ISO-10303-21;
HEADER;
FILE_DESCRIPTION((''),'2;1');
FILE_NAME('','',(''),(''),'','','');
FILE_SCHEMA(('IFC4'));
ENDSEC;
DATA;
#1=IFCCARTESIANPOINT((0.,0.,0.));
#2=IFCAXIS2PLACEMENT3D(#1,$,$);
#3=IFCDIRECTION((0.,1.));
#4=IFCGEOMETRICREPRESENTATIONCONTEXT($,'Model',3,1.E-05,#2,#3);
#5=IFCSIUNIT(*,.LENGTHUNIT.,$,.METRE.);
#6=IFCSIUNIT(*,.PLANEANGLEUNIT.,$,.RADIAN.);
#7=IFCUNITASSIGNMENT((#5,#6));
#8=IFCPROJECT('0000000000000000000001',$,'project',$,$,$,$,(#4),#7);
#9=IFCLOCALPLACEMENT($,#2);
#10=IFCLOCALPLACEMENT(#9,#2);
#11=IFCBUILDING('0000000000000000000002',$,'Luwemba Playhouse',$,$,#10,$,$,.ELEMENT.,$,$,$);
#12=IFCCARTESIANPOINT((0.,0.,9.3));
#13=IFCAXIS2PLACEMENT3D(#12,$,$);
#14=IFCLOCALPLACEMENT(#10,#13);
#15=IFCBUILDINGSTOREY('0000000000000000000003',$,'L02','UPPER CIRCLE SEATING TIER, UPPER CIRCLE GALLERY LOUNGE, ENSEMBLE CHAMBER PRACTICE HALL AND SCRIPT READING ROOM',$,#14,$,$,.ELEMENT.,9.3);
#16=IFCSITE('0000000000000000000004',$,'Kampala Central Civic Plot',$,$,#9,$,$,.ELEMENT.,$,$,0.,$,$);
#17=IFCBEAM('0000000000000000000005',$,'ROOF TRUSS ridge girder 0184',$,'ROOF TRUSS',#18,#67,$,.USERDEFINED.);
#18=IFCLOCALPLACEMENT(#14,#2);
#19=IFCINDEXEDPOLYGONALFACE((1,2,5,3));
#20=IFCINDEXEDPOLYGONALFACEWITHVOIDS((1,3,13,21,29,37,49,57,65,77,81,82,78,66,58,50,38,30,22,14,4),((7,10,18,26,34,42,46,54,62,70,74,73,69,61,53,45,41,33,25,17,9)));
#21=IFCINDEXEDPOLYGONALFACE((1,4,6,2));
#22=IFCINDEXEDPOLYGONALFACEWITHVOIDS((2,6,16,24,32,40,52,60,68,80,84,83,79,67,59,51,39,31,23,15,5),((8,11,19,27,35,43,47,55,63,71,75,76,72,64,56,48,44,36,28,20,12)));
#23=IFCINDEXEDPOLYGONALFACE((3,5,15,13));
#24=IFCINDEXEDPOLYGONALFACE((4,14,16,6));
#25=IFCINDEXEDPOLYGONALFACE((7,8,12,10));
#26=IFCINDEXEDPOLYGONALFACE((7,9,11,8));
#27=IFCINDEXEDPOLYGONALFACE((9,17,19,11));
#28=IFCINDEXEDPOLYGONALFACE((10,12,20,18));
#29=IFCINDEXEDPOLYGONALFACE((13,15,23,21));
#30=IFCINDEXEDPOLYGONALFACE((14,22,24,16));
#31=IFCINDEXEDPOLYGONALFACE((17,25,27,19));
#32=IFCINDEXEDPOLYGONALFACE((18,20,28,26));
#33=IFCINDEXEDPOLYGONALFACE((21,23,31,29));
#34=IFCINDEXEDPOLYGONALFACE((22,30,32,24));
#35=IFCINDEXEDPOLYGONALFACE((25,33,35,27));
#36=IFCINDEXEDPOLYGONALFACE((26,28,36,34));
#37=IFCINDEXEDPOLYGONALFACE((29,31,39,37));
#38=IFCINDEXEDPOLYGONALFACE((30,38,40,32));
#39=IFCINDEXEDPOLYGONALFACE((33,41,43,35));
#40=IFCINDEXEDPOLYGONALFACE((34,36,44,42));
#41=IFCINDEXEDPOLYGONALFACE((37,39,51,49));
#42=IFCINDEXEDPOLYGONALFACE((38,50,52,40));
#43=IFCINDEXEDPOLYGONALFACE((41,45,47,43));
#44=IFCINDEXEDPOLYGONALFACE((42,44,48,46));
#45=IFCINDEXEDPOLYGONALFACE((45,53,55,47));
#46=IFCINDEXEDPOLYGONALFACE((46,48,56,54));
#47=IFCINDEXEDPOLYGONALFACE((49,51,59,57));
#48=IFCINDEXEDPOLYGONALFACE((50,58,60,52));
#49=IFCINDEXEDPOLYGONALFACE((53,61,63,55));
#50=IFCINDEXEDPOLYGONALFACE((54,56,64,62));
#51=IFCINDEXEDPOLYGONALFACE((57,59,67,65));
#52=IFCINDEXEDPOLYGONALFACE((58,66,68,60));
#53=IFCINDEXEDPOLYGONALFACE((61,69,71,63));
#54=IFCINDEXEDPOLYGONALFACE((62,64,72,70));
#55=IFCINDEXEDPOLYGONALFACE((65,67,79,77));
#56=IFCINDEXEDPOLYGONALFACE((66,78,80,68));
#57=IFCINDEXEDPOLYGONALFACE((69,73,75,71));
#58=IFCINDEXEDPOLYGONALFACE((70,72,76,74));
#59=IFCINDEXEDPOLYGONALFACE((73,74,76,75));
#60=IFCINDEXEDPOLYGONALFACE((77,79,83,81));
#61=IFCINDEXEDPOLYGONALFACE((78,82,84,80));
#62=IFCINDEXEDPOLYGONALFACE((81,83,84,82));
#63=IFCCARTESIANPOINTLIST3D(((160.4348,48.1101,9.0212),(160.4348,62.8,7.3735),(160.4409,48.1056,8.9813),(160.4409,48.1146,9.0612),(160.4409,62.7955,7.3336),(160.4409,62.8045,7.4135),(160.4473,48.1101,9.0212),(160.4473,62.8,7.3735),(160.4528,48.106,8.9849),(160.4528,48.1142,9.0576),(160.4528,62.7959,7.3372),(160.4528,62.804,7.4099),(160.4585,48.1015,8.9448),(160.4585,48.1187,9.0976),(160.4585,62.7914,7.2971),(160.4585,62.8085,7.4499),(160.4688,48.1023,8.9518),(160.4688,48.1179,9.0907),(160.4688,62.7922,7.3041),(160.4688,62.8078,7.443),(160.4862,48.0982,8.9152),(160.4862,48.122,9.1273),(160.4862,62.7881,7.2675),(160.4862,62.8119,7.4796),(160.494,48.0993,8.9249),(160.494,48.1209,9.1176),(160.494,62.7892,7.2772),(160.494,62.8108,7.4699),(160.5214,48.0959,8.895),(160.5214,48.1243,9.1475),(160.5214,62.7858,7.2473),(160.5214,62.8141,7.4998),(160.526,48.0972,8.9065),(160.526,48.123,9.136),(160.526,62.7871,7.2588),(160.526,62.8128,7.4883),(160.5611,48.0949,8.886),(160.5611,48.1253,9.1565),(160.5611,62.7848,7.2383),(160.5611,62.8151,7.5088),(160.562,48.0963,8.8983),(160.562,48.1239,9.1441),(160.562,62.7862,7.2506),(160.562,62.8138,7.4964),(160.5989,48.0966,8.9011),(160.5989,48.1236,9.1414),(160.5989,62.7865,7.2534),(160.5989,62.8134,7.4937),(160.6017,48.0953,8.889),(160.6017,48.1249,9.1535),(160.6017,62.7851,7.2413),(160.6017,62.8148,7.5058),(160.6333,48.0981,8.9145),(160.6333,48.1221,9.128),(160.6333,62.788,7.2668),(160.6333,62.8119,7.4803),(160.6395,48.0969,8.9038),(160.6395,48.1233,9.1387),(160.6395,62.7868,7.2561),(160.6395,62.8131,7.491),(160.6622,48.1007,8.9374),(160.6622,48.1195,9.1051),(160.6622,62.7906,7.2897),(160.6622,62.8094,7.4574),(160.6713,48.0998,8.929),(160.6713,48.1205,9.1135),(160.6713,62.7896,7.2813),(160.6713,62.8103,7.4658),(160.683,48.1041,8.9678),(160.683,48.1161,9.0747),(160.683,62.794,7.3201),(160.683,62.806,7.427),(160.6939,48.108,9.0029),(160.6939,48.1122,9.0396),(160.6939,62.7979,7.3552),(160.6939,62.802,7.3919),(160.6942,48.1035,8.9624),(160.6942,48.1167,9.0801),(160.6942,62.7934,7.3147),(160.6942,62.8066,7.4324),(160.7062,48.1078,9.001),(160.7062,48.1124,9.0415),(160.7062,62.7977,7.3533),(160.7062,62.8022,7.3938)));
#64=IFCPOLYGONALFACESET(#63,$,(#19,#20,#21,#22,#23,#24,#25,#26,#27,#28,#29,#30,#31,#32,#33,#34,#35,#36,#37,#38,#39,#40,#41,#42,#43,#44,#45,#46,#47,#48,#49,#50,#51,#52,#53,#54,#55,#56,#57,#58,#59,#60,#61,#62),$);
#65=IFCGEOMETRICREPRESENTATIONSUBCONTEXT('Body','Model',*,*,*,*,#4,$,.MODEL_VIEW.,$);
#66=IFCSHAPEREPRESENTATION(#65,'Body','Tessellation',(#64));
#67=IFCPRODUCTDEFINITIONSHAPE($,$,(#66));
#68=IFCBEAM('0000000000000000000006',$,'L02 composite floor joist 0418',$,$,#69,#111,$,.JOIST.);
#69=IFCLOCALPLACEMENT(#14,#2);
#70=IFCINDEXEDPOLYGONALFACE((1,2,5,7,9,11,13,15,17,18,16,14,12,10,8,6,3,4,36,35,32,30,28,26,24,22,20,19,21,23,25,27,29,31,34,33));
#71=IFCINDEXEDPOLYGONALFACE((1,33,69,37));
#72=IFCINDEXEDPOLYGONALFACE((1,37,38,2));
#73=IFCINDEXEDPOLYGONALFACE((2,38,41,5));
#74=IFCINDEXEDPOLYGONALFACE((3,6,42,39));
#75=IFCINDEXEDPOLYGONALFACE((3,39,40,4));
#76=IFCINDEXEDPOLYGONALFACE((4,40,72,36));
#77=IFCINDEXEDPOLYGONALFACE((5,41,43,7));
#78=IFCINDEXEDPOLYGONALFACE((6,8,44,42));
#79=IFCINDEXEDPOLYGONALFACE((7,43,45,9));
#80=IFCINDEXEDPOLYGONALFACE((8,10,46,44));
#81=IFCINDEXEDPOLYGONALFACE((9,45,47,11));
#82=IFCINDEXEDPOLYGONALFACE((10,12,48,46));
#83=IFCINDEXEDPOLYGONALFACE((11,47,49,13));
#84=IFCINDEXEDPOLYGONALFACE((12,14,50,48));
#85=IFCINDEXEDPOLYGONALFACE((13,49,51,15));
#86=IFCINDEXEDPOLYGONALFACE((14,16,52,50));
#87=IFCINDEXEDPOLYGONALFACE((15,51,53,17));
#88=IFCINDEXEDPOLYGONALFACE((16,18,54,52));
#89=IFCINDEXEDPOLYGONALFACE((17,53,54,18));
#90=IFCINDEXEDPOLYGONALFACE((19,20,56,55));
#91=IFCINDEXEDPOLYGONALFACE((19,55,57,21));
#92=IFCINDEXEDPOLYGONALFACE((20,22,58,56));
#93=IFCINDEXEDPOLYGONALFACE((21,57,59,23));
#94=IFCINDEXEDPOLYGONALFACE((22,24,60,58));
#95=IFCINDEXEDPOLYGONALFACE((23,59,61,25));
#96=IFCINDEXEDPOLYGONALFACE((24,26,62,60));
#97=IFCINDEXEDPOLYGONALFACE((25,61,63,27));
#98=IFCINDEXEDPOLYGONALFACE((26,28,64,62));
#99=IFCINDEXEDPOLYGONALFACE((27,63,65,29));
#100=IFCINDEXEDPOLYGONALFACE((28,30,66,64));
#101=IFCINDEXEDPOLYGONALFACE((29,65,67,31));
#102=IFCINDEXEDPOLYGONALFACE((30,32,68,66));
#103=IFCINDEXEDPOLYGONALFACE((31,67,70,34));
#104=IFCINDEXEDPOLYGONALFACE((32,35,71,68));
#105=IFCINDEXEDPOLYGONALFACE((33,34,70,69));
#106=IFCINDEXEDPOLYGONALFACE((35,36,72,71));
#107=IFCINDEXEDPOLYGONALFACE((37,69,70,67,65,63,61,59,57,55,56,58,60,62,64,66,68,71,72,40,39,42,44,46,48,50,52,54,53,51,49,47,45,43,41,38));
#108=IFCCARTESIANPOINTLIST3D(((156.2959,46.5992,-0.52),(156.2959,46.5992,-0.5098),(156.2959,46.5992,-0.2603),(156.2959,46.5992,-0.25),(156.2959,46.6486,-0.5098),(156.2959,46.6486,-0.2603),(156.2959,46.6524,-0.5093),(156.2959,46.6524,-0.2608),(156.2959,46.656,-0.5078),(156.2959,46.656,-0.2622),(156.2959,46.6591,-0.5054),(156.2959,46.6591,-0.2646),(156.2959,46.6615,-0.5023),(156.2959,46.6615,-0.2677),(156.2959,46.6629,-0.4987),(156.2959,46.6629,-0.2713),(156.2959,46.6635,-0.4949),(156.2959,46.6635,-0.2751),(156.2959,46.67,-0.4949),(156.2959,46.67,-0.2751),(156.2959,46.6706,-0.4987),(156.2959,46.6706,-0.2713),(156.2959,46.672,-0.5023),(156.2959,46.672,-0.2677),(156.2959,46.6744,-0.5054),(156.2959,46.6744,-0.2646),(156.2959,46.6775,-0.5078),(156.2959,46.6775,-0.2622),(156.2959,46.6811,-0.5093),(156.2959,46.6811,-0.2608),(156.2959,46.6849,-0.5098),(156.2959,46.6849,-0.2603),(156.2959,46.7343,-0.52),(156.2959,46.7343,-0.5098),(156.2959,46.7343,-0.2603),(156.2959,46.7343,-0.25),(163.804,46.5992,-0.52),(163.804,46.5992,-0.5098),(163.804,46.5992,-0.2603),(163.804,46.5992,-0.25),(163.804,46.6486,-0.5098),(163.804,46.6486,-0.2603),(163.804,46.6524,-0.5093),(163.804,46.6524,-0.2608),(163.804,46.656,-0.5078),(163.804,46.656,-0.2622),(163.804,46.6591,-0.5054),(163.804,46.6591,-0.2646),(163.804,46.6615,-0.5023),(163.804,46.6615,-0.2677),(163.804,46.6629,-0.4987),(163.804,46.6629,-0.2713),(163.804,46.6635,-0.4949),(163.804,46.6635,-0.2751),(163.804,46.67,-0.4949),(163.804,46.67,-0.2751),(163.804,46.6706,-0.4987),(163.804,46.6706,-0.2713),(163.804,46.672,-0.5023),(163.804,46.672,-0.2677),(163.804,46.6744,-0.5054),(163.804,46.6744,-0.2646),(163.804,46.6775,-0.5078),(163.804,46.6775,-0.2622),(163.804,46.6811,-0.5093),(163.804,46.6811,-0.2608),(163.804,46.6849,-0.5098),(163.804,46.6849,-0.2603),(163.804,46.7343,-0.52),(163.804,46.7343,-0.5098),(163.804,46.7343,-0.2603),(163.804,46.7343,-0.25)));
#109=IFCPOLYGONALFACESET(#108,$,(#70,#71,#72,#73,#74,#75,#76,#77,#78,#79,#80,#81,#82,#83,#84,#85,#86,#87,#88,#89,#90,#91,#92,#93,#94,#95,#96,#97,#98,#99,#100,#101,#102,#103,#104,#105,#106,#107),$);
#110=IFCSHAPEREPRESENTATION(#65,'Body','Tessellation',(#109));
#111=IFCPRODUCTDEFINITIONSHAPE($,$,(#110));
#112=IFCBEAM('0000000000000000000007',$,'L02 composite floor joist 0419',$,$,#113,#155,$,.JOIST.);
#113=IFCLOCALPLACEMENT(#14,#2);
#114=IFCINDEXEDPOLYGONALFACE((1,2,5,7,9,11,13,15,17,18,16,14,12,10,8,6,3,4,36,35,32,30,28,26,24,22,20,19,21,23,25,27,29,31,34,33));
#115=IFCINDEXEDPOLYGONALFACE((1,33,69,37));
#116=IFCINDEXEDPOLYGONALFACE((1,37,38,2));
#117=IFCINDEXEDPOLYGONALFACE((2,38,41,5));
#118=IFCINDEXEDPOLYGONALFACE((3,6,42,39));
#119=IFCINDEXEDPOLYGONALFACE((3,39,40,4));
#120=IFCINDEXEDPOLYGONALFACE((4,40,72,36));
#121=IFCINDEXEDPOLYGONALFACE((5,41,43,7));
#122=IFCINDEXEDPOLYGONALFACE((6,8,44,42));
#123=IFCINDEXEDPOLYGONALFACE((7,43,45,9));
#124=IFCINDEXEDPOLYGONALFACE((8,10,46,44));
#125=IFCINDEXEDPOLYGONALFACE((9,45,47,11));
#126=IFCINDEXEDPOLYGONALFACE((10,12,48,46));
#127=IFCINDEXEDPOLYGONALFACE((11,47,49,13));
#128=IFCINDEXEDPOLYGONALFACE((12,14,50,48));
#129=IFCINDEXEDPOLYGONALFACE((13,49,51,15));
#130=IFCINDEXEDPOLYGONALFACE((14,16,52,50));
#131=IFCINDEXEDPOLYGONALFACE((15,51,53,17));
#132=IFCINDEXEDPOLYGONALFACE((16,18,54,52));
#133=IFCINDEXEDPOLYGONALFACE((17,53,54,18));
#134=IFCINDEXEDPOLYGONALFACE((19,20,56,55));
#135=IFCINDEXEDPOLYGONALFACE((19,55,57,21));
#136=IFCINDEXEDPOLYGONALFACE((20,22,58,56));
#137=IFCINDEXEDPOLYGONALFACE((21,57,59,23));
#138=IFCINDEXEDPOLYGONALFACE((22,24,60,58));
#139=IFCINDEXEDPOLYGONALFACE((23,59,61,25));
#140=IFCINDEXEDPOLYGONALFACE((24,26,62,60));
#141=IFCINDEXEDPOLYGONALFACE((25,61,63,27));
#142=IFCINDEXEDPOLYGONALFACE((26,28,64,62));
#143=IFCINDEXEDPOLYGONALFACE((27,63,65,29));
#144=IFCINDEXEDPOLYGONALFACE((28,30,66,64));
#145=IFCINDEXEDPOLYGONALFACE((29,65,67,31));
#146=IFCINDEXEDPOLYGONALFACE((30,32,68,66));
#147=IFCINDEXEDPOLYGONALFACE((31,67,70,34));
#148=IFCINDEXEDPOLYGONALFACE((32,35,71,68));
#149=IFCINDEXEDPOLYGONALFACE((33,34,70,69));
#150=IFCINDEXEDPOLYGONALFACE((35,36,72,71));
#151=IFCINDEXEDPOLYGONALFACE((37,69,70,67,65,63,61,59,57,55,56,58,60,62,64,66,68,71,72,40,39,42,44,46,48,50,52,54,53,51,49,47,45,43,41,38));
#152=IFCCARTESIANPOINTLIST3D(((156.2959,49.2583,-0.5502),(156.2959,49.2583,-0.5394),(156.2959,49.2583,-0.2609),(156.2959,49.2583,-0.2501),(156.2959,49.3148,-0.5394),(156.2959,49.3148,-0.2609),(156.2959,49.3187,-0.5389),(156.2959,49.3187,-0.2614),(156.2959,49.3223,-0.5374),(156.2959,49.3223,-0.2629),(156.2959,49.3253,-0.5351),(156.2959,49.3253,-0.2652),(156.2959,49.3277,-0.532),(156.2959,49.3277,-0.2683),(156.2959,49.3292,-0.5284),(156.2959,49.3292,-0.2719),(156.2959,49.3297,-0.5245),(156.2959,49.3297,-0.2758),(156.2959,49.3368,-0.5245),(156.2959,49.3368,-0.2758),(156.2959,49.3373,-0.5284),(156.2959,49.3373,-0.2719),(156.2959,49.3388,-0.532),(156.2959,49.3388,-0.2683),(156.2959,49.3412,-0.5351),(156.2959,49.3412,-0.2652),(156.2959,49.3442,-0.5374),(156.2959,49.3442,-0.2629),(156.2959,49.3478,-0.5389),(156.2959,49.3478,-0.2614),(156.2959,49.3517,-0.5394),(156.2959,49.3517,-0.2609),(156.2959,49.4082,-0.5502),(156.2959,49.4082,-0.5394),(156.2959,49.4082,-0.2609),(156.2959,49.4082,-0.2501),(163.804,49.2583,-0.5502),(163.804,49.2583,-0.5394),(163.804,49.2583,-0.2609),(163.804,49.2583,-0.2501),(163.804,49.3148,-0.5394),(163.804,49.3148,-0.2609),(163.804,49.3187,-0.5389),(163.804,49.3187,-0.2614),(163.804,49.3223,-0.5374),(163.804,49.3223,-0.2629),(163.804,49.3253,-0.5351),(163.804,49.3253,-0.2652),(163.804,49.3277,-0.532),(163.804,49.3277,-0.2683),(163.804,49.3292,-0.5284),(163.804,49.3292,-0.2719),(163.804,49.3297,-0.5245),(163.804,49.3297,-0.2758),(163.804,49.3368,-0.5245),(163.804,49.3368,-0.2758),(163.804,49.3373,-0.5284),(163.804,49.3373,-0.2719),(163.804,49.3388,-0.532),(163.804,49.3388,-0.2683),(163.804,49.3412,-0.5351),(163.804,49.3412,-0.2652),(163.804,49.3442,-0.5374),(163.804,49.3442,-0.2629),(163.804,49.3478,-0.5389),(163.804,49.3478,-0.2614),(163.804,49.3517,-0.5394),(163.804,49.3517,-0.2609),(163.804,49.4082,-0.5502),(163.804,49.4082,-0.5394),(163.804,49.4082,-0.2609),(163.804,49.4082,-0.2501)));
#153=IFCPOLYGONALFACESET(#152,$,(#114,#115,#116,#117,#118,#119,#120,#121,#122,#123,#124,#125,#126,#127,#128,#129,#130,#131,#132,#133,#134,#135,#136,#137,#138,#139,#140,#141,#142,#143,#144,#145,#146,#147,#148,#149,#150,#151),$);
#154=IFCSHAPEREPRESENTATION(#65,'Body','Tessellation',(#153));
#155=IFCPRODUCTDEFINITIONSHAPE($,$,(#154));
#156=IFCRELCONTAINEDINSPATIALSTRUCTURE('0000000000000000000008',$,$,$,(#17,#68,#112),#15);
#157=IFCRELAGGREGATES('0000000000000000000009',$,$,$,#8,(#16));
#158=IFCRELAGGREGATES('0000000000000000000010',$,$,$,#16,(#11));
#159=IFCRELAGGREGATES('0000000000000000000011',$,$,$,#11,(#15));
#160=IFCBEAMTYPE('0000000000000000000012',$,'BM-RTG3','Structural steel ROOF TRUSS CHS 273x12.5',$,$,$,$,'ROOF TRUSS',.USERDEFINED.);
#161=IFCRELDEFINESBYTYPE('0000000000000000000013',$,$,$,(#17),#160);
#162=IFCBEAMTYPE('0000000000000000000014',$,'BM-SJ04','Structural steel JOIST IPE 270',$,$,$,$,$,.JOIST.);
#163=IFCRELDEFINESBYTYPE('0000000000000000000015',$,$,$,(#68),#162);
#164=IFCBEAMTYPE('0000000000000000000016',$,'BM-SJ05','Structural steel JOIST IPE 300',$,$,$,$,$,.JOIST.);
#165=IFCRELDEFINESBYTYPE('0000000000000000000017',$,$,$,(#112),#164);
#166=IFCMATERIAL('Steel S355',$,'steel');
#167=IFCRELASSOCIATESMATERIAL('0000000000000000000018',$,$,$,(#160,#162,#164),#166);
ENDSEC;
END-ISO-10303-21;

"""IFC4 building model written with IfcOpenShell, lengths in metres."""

from ifc_helpers import new_model, si_unit, direction, frame, origin, origin_2d, place, context, subcontext, project, spatial, hollow_circle, i_section, extrude, material, material_profile, profile_set, type_object, element, save


model = new_model("IFC4")

# Units and contexts
model_context = context("Model", 3, precision=1e-05, world=origin(), true_north=direction((0.0, 1.0)))
body_context = subcontext(model_context, "Body", "Model", "MODEL_VIEW")
ifc_project = project(units=[si_unit("LENGTHUNIT", "METRE"), si_unit("PLANEANGLEUNIT", "RADIAN")], contexts=[model_context])

# Site, building, storey
site_placement = place(None, origin())
site = spatial("IfcSite", under=ifc_project, at=site_placement, Name="Kampala Central Civic Plot", CompositionType="ELEMENT", RefElevation=0.0)
building_placement = place(site_placement, origin())
building = spatial("IfcBuilding", under=site, at=building_placement, Name="Luwemba Playhouse", CompositionType="ELEMENT")
storey_placement = place(building_placement, frame((0.0, 0.0, 9.3)))
storey = spatial("IfcBuildingStorey", under=building, at=storey_placement, Name="L02", Description="UPPER CIRCLE SEATING TIER, UPPER CIRCLE GALLERY LOUNGE, ENSEMBLE CHAMBER PRACTICE HALL AND SCRIPT READING ROOM", CompositionType="ELEMENT", Elevation=9.3)

# Beams
ifc_material_1 = material(Name="Steel S355", Category="steel")
ifc_material_profile_1 = material_profile(ifc_material_1, hollow_circle(Radius=0.1365, WallThickness=0.0125, at=origin_2d()))
ifc_profile_set_1 = profile_set([ifc_material_profile_1], Name="Steel S355")
beam_type_1 = type_object("IfcBeamType", Name="BM-RTG3", Description="Structural steel ROOF TRUSS CHS 273x12.5", ElementType="ROOF TRUSS", PredefinedType="USERDEFINED", material=ifc_profile_set_1)
beam_1_placement = place(storey_placement, frame((160.5713, 48.1101, 9.0212), z_axis=(0.0, 0.993768, -0.111467), x_axis=(-1.0, 0.0, 0.0)))
element("IfcBeam", 1, at=beam_1_placement, inside=storey, type_object=beam_type_1, Name="ROOF TRUSS ridge girder 0184", ObjectType="ROOF TRUSS", PredefinedType="USERDEFINED", context=body_context, shape_type="SweptSolid", body=[
    extrude(hollow_circle(Radius=0.1365, WallThickness=0.0125, at=origin_2d()), origin(), (0.0, 0.0, 1.0), 14.782),
])
ifc_material_profile_2 = material_profile(ifc_material_1, i_section(OverallWidth=0.135, OverallDepth=0.27, WebThickness=0.0066, FlangeThickness=0.0103, FilletRadius=0.0149, at=origin_2d()))
ifc_profile_set_2 = profile_set([ifc_material_profile_2], Name="Steel S355")
beam_type_2 = type_object("IfcBeamType", Name="BM-SJ04", Description="Structural steel JOIST IPE 270", PredefinedType="JOIST", material=ifc_profile_set_2)
beam_2_placement = place(storey_placement, frame((156.2959, 46.6667, -0.385), z_axis=(1.0, 0.0, 0.0), x_axis=(0.0, 1.0, 0.0)))
element("IfcBeam", 2, at=beam_2_placement, inside=storey, type_object=beam_type_2, Name="L02 composite floor joist 0418", PredefinedType="JOIST", context=body_context, shape_type="SweptSolid", body=[
    extrude(i_section(OverallWidth=0.135, OverallDepth=0.27, WebThickness=0.0066, FlangeThickness=0.0103, FilletRadius=0.0149, at=origin_2d()), origin(), (0.0, 0.0, 1.0), 7.5081),
])
ifc_material_profile_3 = material_profile(ifc_material_1, i_section(OverallWidth=0.1499, OverallDepth=0.3, WebThickness=0.0071, FlangeThickness=0.0107, FilletRadius=0.0149, at=origin_2d()))
ifc_profile_set_3 = profile_set([ifc_material_profile_3], Name="Steel S355")
beam_type_3 = type_object("IfcBeamType", Name="BM-SJ05", Description="Structural steel JOIST IPE 300", PredefinedType="JOIST", material=ifc_profile_set_3)
beam_3_placement = place(storey_placement, frame((156.2959, 49.3333, -0.4001), z_axis=(1.0, 0.0, 0.0), x_axis=(0.0, 1.0, 0.0)))
element("IfcBeam", 3, at=beam_3_placement, inside=storey, type_object=beam_type_3, Name="L02 composite floor joist 0419", PredefinedType="JOIST", context=body_context, shape_type="SweptSolid", body=[
    extrude(i_section(OverallWidth=0.1499, OverallDepth=0.3, WebThickness=0.0071, FlangeThickness=0.0107, FilletRadius=0.0149, at=origin_2d()), origin(), (0.0, 0.0, 1.0), 7.5081),
])

save(model, "model.ifc")
